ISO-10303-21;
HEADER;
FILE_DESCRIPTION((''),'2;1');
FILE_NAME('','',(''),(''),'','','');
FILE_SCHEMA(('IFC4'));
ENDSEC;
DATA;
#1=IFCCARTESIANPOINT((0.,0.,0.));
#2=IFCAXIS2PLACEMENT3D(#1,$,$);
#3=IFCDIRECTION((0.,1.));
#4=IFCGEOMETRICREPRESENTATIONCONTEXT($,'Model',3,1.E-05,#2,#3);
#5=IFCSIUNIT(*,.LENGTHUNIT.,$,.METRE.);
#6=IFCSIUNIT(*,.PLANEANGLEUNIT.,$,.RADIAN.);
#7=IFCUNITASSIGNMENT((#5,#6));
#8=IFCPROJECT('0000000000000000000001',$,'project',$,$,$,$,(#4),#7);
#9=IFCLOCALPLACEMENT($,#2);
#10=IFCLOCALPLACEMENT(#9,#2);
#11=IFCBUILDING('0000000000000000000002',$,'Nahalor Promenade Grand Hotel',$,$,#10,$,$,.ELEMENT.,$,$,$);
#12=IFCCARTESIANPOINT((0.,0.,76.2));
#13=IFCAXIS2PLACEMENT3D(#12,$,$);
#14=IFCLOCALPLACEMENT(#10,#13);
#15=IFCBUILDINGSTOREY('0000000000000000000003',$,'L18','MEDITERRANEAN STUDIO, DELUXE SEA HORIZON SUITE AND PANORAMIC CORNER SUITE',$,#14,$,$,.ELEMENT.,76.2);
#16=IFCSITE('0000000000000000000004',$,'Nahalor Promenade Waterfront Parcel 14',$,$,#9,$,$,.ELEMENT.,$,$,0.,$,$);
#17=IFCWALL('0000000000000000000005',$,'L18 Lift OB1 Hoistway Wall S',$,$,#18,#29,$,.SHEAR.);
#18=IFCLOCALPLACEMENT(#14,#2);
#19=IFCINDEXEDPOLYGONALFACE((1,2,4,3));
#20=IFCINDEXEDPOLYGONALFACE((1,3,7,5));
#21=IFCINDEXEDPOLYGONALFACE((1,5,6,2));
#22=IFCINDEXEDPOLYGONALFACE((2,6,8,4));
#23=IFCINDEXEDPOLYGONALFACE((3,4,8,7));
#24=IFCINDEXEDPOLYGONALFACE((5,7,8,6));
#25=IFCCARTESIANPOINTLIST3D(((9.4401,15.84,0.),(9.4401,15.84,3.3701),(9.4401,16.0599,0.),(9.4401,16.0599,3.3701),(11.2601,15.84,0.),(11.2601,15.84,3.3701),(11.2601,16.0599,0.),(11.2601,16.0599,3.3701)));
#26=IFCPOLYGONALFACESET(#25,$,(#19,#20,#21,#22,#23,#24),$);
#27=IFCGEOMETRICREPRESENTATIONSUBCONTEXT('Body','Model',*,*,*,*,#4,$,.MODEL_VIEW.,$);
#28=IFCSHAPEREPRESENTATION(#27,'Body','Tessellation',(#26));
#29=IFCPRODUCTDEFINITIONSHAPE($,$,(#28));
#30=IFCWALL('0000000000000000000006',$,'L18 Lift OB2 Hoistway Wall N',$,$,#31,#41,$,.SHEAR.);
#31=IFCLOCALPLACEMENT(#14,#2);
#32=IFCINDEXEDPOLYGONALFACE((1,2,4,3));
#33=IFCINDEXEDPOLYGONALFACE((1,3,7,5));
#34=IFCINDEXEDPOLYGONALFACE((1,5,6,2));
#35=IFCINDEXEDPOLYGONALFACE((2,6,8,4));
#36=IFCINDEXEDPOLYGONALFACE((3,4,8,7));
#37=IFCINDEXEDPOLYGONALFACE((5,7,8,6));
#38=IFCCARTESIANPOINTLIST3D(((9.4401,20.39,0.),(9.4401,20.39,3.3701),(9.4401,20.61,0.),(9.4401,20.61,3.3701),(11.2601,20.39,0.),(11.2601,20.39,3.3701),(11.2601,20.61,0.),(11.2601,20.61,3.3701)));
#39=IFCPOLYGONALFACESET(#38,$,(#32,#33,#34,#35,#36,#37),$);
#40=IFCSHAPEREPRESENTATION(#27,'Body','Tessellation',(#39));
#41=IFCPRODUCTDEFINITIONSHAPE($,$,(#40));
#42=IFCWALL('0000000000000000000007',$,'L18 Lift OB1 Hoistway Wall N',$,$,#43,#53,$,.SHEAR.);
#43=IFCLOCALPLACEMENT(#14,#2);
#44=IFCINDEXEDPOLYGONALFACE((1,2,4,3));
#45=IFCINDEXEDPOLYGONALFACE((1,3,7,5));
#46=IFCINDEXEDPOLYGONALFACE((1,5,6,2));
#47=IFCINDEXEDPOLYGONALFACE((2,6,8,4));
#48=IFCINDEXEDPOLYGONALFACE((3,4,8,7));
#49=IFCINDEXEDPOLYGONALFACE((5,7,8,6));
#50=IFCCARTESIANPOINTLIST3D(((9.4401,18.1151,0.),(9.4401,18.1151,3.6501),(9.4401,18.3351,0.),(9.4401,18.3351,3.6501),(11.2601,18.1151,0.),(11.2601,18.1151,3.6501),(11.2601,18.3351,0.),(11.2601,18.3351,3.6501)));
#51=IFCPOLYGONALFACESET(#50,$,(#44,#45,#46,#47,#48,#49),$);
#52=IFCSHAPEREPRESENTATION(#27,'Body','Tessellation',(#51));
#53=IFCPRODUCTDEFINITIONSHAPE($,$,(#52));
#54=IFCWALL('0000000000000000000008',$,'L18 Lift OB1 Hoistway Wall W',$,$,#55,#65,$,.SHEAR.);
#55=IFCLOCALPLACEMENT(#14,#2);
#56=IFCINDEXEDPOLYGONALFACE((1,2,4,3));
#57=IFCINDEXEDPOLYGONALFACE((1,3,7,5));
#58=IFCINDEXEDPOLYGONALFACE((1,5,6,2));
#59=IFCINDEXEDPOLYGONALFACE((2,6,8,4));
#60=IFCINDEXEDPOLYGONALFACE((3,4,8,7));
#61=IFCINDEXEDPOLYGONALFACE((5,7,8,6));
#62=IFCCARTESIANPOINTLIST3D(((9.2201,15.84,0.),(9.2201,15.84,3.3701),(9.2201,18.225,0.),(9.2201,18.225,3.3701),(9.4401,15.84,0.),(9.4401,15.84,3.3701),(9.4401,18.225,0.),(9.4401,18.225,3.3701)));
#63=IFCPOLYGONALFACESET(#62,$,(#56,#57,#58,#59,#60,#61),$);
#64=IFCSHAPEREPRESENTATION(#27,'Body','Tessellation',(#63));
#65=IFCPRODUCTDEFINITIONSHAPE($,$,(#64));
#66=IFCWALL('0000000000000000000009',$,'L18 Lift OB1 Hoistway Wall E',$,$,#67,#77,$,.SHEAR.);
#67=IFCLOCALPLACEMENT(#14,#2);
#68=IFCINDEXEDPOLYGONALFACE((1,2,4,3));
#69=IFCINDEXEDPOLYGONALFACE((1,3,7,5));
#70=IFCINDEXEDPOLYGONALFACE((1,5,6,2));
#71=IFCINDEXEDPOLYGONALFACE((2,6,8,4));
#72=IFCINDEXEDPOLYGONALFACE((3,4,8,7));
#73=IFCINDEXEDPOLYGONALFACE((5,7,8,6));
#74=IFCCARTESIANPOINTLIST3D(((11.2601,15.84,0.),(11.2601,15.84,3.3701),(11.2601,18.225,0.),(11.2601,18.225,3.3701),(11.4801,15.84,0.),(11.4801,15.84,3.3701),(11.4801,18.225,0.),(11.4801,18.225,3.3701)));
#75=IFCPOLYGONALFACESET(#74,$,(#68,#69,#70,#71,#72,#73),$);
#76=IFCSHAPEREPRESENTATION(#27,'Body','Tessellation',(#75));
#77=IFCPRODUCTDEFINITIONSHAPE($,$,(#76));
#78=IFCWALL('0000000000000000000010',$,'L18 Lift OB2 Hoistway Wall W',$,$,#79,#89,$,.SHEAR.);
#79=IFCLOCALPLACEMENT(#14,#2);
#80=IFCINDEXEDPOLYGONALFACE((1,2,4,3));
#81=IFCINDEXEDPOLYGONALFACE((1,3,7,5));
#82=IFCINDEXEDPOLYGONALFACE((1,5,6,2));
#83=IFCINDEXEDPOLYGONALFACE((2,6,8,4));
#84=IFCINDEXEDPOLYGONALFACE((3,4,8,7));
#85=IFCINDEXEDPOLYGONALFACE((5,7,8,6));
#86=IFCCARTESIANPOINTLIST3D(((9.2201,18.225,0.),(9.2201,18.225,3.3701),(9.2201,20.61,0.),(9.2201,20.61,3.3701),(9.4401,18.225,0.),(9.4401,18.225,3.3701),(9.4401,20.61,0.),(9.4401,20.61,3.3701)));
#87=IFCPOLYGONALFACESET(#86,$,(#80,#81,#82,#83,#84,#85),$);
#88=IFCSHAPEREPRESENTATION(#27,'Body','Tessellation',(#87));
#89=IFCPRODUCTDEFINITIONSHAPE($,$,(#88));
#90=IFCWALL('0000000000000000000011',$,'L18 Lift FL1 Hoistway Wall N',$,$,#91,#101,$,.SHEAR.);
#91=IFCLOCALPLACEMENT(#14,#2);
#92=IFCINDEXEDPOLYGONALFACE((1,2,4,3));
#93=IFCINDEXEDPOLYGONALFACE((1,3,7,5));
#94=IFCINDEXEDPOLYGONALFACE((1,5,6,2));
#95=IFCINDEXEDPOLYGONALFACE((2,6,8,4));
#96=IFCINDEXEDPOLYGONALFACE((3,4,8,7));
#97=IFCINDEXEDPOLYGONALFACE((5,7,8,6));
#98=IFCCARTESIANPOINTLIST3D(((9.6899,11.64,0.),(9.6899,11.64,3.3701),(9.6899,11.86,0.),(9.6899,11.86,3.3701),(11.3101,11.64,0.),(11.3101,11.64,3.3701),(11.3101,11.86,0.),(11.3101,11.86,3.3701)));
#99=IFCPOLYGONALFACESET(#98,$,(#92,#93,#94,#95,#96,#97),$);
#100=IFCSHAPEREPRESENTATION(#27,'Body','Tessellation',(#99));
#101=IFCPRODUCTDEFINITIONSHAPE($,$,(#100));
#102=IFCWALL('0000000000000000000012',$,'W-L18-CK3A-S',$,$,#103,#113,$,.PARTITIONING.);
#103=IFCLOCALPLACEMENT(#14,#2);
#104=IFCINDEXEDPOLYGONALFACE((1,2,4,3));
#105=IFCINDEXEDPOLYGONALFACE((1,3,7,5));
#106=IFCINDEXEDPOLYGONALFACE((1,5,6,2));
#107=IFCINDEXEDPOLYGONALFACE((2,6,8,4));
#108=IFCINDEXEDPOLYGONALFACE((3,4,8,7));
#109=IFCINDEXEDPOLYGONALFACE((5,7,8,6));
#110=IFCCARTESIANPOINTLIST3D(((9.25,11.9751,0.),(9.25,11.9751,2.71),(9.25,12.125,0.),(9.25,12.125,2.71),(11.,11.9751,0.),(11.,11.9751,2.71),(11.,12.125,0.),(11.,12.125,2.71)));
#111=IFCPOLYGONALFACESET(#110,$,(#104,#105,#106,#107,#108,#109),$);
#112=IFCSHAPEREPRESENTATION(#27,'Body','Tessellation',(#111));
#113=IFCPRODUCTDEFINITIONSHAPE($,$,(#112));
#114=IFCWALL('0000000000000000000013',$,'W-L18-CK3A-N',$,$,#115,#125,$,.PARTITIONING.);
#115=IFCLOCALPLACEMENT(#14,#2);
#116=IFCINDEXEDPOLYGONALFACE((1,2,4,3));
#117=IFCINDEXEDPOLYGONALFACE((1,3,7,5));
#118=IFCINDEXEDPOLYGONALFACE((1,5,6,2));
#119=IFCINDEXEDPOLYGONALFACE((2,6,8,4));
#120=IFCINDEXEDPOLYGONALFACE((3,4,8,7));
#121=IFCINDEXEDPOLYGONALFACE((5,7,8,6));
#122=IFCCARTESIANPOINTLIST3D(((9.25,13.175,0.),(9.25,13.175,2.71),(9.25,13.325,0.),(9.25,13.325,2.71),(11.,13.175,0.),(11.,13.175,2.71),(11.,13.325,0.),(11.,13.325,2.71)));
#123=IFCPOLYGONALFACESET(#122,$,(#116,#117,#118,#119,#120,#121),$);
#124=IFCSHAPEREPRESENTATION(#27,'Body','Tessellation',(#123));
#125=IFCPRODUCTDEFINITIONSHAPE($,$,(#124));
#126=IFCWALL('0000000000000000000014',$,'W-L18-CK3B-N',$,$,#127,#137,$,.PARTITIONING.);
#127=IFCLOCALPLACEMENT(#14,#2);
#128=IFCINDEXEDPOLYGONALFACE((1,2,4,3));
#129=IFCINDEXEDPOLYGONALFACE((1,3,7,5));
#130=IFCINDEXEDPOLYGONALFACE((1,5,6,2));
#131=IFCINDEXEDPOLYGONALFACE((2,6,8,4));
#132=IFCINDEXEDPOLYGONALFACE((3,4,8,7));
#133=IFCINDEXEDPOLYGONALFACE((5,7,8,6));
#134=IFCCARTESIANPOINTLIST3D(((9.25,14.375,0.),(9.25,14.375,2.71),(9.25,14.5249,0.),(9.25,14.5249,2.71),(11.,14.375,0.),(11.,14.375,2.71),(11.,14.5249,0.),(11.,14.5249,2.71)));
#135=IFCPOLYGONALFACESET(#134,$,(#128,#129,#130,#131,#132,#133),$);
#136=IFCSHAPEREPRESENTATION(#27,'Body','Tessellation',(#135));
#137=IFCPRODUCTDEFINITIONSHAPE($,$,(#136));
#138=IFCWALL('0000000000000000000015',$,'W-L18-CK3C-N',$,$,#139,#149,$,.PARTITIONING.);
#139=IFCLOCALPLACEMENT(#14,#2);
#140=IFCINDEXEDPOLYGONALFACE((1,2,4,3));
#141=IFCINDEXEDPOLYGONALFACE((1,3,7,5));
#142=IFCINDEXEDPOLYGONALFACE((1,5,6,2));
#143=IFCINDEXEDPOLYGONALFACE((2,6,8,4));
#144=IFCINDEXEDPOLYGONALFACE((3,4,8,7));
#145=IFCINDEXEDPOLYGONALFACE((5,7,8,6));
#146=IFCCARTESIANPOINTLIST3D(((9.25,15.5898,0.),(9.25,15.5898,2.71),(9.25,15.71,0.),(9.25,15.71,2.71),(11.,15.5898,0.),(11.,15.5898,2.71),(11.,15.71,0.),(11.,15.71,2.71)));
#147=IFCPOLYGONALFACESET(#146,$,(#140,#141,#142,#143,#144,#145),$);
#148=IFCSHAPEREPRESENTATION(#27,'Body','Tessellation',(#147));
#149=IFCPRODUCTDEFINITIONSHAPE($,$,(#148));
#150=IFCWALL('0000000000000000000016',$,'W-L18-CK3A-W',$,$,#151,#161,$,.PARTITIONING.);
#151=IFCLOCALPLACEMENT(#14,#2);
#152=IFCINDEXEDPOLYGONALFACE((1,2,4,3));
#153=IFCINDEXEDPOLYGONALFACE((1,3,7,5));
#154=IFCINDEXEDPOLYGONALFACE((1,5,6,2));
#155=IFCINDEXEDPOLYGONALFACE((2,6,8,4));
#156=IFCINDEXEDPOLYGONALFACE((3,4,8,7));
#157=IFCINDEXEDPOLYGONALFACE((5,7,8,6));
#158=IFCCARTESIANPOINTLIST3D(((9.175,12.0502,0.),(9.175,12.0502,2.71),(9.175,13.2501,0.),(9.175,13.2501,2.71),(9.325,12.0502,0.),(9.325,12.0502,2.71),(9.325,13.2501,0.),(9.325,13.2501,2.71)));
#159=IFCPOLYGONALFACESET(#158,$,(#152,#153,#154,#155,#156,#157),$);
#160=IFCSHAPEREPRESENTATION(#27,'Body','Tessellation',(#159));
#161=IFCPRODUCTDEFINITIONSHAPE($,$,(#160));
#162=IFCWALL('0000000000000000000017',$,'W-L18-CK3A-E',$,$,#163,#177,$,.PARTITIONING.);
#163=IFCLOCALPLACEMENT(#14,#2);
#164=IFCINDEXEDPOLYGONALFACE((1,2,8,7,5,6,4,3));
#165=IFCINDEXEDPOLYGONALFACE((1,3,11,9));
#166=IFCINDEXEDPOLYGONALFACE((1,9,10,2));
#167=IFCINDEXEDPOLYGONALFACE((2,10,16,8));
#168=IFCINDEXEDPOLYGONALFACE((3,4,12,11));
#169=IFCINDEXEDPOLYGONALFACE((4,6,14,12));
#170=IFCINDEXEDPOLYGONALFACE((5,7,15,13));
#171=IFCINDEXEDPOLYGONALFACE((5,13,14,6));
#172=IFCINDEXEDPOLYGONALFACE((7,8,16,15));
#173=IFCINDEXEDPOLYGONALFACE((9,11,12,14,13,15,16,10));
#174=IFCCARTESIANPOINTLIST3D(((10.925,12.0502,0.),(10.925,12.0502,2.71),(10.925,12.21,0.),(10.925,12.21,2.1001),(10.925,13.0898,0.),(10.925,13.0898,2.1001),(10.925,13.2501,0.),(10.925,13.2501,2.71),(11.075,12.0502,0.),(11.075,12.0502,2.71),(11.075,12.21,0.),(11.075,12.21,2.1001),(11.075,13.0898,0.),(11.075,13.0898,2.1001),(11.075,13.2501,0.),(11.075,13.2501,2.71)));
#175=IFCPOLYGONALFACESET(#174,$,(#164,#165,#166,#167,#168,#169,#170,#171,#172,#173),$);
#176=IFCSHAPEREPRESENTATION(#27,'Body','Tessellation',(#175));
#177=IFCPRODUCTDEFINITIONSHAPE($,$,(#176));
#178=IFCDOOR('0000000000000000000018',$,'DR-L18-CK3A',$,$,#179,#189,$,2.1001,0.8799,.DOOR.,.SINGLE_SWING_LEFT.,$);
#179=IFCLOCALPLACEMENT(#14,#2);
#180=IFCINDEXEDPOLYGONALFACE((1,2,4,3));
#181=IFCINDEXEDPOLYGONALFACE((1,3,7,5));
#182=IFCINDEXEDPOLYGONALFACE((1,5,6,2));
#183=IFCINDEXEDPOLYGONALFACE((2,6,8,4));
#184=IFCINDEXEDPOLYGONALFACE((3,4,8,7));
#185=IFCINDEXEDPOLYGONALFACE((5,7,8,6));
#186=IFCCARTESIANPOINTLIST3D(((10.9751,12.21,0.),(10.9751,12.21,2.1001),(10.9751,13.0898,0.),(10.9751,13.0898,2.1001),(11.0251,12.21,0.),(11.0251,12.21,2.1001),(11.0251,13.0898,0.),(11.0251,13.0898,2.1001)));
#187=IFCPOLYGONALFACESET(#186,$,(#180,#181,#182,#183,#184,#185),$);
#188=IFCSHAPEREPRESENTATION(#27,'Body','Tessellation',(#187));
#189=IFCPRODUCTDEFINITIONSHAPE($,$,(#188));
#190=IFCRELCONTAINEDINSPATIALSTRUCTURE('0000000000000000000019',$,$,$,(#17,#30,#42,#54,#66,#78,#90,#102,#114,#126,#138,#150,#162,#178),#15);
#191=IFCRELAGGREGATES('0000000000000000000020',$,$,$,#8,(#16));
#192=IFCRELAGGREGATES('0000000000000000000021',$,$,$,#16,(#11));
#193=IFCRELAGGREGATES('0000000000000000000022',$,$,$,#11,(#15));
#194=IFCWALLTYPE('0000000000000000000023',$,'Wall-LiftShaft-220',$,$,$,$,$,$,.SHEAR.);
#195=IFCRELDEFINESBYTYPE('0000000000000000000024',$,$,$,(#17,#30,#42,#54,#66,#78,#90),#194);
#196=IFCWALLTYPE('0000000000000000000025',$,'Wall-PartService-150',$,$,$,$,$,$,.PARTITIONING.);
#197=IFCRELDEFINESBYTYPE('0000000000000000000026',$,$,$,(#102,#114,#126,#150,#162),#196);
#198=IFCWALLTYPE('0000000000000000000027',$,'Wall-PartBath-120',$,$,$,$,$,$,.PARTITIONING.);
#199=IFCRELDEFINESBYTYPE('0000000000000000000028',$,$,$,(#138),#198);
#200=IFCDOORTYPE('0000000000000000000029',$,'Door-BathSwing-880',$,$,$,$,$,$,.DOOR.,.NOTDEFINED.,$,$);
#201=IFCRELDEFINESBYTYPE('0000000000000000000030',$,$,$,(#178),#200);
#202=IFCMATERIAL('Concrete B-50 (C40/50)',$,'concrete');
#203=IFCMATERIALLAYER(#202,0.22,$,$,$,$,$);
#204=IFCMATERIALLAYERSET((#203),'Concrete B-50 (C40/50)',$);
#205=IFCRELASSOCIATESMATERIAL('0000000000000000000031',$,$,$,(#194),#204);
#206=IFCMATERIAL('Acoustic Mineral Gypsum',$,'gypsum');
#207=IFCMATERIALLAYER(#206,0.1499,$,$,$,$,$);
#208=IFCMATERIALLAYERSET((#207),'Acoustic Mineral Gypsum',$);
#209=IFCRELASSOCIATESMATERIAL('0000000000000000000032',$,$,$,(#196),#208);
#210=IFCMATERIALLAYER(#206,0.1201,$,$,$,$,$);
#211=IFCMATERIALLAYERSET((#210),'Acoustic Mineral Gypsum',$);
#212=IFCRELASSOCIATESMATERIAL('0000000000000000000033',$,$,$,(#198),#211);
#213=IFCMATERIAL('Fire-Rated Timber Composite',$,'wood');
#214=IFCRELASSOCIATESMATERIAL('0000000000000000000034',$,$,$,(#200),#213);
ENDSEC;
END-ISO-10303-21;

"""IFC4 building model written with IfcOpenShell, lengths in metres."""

from ifc_helpers import new_model, si_unit, direction, frame, frame_2d, origin, place, context, subcontext, project, spatial, rectangle, extrude, source, transform, mapped, material, layer, layer_set, type_object, element, fill, save


model = new_model("IFC4")

# Units and contexts
model_context = context("Model", 3, precision=1e-05, world=origin(), true_north=direction((0.0, 1.0)))
body_context = subcontext(model_context, "Body", "Model", "MODEL_VIEW")
ifc_project = project(units=[si_unit("LENGTHUNIT", "METRE"), si_unit("PLANEANGLEUNIT", "RADIAN")], contexts=[model_context])

# Site, building, storey
site_placement = place(None, origin())
site = spatial("IfcSite", under=ifc_project, at=site_placement, Name="Nahalor Promenade Waterfront Parcel 14", CompositionType="ELEMENT", RefElevation=0.0)
building_placement = place(site_placement, origin())
building = spatial("IfcBuilding", under=site, at=building_placement, Name="Nahalor Promenade Grand Hotel", CompositionType="ELEMENT")
storey_placement = place(building_placement, frame((0.0, 0.0, 76.2)))
storey = spatial("IfcBuildingStorey", under=building, at=storey_placement, Name="L18", Description="MEDITERRANEAN STUDIO, DELUXE SEA HORIZON SUITE AND PANORAMIC CORNER SUITE", CompositionType="ELEMENT", Elevation=76.2)

# Walls
ifc_material_1 = material(Name="Concrete B-50 (C40/50)", Category="concrete")
ifc_layer_1 = layer(ifc_material_1, 0.22)
ifc_layer_set_1 = layer_set([ifc_layer_1], Name="Concrete B-50 (C40/50)")
wall_type_1 = type_object("IfcWallType", Name="Wall-LiftShaft-220", PredefinedType="SHEAR", material=ifc_layer_set_1)
shared_shape_1 = source(origin(), body_context, "Body", "SweptSolid", [
    extrude(rectangle(XDim=1.8201, YDim=0.22, at=frame_2d((0.9102, 0.0))), origin(), (0.0, 0.0, 1.0), 3.3701),
])
for number, where, z_axis, x_axis, name in (
    (1, (9.4399, 15.95, 0.0), (0.0, 0.0, 1.0), (1.0, 0.0, 0.0), "L18 Lift OB1 Hoistway Wall S"),
    (2, (9.4399, 20.5, 0.0), (0.0, 0.0, 1.0), (1.0, 0.0, 0.0), "L18 Lift OB2 Hoistway Wall N"),
):
    element("IfcWall", number, at=place(storey_placement, frame(where, z_axis=z_axis, x_axis=x_axis)), inside=storey, type_object=wall_type_1, Name=name, PredefinedType="SHEAR", context=body_context, shape_type="MappedRepresentation", body=[
        mapped(shared_shape_1, transform((0.0, 0.0, 0.0), scale=1.0)),
    ])
shared_shape_2 = source(origin(), body_context, "Body", "SweptSolid", [
    extrude(rectangle(XDim=1.8201, YDim=0.22, at=frame_2d((0.9102, 0.0))), origin(), (0.0, 0.0, 1.0), 3.6501),
])
wall_1_placement = place(storey_placement, frame((9.4399, 18.2251, 0.0), z_axis=(0.0, 0.0, 1.0), x_axis=(1.0, 0.0, 0.0)))
element("IfcWall", 3, at=wall_1_placement, inside=storey, type_object=wall_type_1, Name="L18 Lift OB1 Hoistway Wall N", PredefinedType="SHEAR", context=body_context, shape_type="MappedRepresentation", body=[
    mapped(shared_shape_2, transform((0.0, 0.0, 0.0), scale=1.0)),
])
shared_shape_3 = source(origin(), body_context, "Body", "SweptSolid", [
    extrude(rectangle(XDim=2.385, YDim=0.22, at=frame_2d((1.1924, 0.0))), origin(), (0.0, 0.0, 1.0), 3.3701),
])
for number, where, z_axis, x_axis, name in (
    (4, (9.3301, 15.8401, 0.0), (0.0, 0.0, 1.0), (0.0, 1.0, 0.0), "L18 Lift OB1 Hoistway Wall W"),
    (5, (11.3701, 15.8401, 0.0), (0.0, 0.0, 1.0), (0.0, 1.0, 0.0), "L18 Lift OB1 Hoistway Wall E"),
    (6, (9.3301, 18.2251, 0.0), (0.0, 0.0, 1.0), (0.0, 1.0, 0.0), "L18 Lift OB2 Hoistway Wall W"),
):
    element("IfcWall", number, at=place(storey_placement, frame(where, z_axis=z_axis, x_axis=x_axis)), inside=storey, type_object=wall_type_1, Name=name, PredefinedType="SHEAR", context=body_context, shape_type="MappedRepresentation", body=[
        mapped(shared_shape_3, transform((0.0, 0.0, 0.0), scale=1.0)),
    ])
shared_shape_4 = source(origin(), body_context, "Body", "SweptSolid", [
    extrude(rectangle(XDim=1.6201, YDim=0.22, at=frame_2d((0.8101, 0.0))), origin(), (0.0, 0.0, 1.0), 3.3701),
])
wall_2_placement = place(storey_placement, frame((9.6899, 11.75, 0.0), z_axis=(0.0, 0.0, 1.0), x_axis=(1.0, 0.0, 0.0)))
element("IfcWall", 7, at=wall_2_placement, inside=storey, type_object=wall_type_1, Name="L18 Lift FL1 Hoistway Wall N", PredefinedType="SHEAR", context=body_context, shape_type="MappedRepresentation", body=[
    mapped(shared_shape_4, transform((0.0, 0.0, 0.0), scale=1.0)),
])
ifc_material_2 = material(Name="Acoustic Mineral Gypsum", Category="gypsum")
ifc_layer_2 = layer(ifc_material_2, 0.1499)
ifc_layer_set_2 = layer_set([ifc_layer_2], Name="Acoustic Mineral Gypsum")
wall_type_2 = type_object("IfcWallType", Name="Wall-PartService-150", PredefinedType="PARTITIONING", material=ifc_layer_set_2)
shared_shape_5 = source(origin(), body_context, "Body", "SweptSolid", [
    extrude(rectangle(XDim=1.75, YDim=0.1499, at=frame_2d((0.875, 0.0))), origin(), (0.0, 0.0, 1.0), 2.71),
])
for number, where, z_axis, x_axis, name in (
    (8, (9.25, 12.05, 0.0), (0.0, 0.0, 1.0), (1.0, 0.0, 0.0), "W-L18-CK3A-S"),
    (9, (9.25, 13.25, 0.0), (0.0, 0.0, 1.0), (1.0, 0.0, 0.0), "W-L18-CK3A-N"),
    (10, (9.25, 14.45, 0.0), (0.0, 0.0, 1.0), (1.0, 0.0, 0.0), "W-L18-CK3B-N"),
):
    element("IfcWall", number, at=place(storey_placement, frame(where, z_axis=z_axis, x_axis=x_axis)), inside=storey, type_object=wall_type_2, Name=name, PredefinedType="PARTITIONING", context=body_context, shape_type="MappedRepresentation", body=[
        mapped(shared_shape_5, transform((0.0, 0.0, 0.0), scale=1.0)),
    ])
ifc_layer_3 = layer(ifc_material_2, 0.1201)
ifc_layer_set_3 = layer_set([ifc_layer_3], Name="Acoustic Mineral Gypsum")
wall_type_3 = type_object("IfcWallType", Name="Wall-PartBath-120", PredefinedType="PARTITIONING", material=ifc_layer_set_3)
shared_shape_6 = source(origin(), body_context, "Body", "SweptSolid", [
    extrude(rectangle(XDim=1.75, YDim=0.1201, at=frame_2d((0.875, 0.0))), origin(), (0.0, 0.0, 1.0), 2.71),
])
wall_3_placement = place(storey_placement, frame((9.25, 15.6499, 0.0), z_axis=(0.0, 0.0, 1.0), x_axis=(1.0, 0.0, 0.0)))
element("IfcWall", 11, at=wall_3_placement, inside=storey, type_object=wall_type_3, Name="W-L18-CK3C-N", PredefinedType="PARTITIONING", context=body_context, shape_type="MappedRepresentation", body=[
    mapped(shared_shape_6, transform((0.0, 0.0, 0.0), scale=1.0)),
])
shared_shape_7 = source(origin(), body_context, "Body", "SweptSolid", [
    extrude(rectangle(XDim=1.2, YDim=0.1499, at=frame_2d((0.6001, 0.0))), origin(), (0.0, 0.0, 1.0), 2.71),
])
wall_4_placement = place(storey_placement, frame((9.25, 12.05, 0.0), z_axis=(0.0, 0.0, 1.0), x_axis=(0.0, 1.0, 0.0)))
element("IfcWall", 12, at=wall_4_placement, inside=storey, type_object=wall_type_2, Name="W-L18-CK3A-W", PredefinedType="PARTITIONING", context=body_context, shape_type="MappedRepresentation", body=[
    mapped(shared_shape_7, transform((0.0, 0.0, 0.0), scale=1.0)),
])

# Wall, opening, door
wall_5_placement = place(storey_placement, frame((11.0, 12.05, 0.0), z_axis=(0.0, 0.0, 1.0), x_axis=(0.0, 1.0, 0.0)))
wall_5 = element("IfcWall", 13, at=wall_5_placement, inside=storey, type_object=wall_type_2, Name="W-L18-CK3A-E", PredefinedType="PARTITIONING", context=body_context, shape_type="MappedRepresentation", body=[
    mapped(shared_shape_7, transform((0.0, 0.0, 0.0), scale=1.0)),
])
opening_1_placement = place(wall_5_placement, frame((0.1599, 0.0, 0.0)))
opening_1 = element("IfcOpeningElement", 14, at=opening_1_placement, cuts=wall_5, PredefinedType="OPENING", context=body_context, shape_type="SweptSolid", body=[
    extrude(rectangle(XDim=0.8799, YDim=2.1001, at=frame_2d((0.4399, 1.05))), frame((0.0, 0.085, 0.0), z_axis=(0.0, -1.0, 0.0), x_axis=(1.0, 0.0, 0.0)), (0.0, 0.0, 1.0), 0.1699),
])
ifc_material_3 = material(Name="Fire-Rated Timber Composite", Category="wood")
door_type = type_object("IfcDoorType", Name="Door-BathSwing-880", OperationType="NOTDEFINED", PredefinedType="DOOR", material=ifc_material_3)
shared_shape_8 = source(origin(), body_context, "Body", "SweptSolid", [
    extrude(rectangle(XDim=0.8799, YDim=2.1001, at=frame_2d((0.4399, 1.05))), frame((0.0, 0.0249, 0.0), z_axis=(0.0, -1.0, 0.0), x_axis=(1.0, 0.0, 0.0)), (0.0, 0.0, 1.0), 0.05),
])
door_1_placement = place(opening_1_placement, origin())
door_1 = element("IfcDoor", 15, at=door_1_placement, inside=storey, type_object=door_type, Name="DR-L18-CK3A", OperationType="SINGLE_SWING_LEFT", OverallHeight=2.1001, OverallWidth=0.8799, PredefinedType="DOOR", context=body_context, shape_type="MappedRepresentation", body=[
    mapped(shared_shape_8, transform((0.0, 0.0, 0.0), scale=1.0)),
])
fill(opening_1, door_1)

save(model, "model.ifc")
